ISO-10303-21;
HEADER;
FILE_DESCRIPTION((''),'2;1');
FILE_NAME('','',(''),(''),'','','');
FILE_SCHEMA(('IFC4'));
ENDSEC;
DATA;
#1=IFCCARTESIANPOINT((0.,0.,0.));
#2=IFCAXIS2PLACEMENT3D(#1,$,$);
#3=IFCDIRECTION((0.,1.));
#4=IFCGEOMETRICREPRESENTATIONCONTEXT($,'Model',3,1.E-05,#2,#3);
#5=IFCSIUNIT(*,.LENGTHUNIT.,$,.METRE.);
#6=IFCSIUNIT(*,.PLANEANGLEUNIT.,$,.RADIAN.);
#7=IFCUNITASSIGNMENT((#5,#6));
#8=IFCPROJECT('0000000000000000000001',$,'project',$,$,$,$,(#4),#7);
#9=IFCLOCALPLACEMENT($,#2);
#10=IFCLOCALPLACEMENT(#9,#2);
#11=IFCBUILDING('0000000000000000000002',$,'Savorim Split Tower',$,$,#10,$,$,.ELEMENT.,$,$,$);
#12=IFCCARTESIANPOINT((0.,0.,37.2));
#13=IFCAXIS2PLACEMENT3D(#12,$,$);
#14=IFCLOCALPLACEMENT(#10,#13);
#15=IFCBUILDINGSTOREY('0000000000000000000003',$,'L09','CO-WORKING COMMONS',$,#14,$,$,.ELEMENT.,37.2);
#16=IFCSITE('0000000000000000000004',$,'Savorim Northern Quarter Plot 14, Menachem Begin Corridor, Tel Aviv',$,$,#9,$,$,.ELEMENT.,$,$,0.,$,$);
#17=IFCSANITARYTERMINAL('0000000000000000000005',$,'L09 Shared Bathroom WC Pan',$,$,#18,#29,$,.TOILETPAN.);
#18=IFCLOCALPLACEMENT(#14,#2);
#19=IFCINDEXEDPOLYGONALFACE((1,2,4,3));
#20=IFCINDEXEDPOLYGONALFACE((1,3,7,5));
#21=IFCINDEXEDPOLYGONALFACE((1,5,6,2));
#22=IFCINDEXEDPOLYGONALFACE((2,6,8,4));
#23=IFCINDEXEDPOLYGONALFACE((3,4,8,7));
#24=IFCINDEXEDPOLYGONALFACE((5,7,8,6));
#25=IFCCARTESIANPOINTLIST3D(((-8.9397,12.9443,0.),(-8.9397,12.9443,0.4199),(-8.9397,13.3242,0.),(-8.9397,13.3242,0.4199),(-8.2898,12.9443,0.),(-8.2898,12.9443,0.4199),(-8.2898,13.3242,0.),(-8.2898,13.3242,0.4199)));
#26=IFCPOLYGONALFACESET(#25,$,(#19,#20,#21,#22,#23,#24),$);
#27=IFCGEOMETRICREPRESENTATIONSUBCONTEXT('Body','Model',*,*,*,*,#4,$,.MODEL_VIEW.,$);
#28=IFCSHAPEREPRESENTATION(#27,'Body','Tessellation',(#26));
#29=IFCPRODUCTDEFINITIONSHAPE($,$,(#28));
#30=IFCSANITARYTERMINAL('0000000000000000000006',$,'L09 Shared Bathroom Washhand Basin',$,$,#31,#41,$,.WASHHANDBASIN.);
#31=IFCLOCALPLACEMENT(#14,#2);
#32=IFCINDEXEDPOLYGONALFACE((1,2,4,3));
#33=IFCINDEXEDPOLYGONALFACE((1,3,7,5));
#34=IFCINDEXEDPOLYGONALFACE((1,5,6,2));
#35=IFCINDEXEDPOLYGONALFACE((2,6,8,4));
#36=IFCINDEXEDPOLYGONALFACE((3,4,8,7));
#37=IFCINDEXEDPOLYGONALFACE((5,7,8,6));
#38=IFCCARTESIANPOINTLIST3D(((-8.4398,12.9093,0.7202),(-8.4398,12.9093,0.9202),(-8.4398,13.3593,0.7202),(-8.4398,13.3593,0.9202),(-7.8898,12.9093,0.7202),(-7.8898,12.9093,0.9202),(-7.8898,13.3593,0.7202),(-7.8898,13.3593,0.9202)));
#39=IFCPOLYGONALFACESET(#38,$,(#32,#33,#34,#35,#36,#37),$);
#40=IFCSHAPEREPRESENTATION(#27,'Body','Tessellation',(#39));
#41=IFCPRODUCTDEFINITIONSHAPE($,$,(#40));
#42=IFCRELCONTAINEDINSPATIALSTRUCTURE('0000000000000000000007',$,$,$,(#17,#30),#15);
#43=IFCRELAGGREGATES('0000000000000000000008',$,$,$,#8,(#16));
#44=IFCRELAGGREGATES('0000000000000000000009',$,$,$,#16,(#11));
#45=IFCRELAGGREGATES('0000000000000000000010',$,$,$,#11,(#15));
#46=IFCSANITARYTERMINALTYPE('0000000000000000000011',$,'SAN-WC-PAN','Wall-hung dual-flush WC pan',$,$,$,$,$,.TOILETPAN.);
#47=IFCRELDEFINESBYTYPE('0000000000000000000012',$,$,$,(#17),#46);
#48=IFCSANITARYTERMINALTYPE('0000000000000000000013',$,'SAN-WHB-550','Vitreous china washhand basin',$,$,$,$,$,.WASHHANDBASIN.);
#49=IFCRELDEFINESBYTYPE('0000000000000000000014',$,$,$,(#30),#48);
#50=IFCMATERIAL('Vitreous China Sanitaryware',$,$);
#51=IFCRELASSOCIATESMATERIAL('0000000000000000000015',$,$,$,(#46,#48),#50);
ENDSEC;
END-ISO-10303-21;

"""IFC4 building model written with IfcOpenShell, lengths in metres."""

from ifc_helpers import new_model, si_unit, direction, frame, origin, origin_2d, place, context, subcontext, project, spatial, rectangle, extrude, material, type_object, element, save


model = new_model("IFC4")

# Units and contexts
model_context = context("Model", 3, precision=1e-05, world=origin(), true_north=direction((0.0, 1.0)))
body_context = subcontext(model_context, "Body", "Model", "MODEL_VIEW")
ifc_project = project(units=[si_unit("LENGTHUNIT", "METRE"), si_unit("PLANEANGLEUNIT", "RADIAN")], contexts=[model_context])

# Site, building, storey
site_placement = place(None, origin())
site = spatial("IfcSite", under=ifc_project, at=site_placement, Name="Savorim Northern Quarter Plot 14, Menachem Begin Corridor, Tel Aviv", CompositionType="ELEMENT", RefElevation=0.0)
building_placement = place(site_placement, origin())
building = spatial("IfcBuilding", under=site, at=building_placement, Name="Savorim Split Tower", CompositionType="ELEMENT")
storey_placement = place(building_placement, frame((0.0, 0.0, 37.2)))
storey = spatial("IfcBuildingStorey", under=building, at=storey_placement, Name="L09", Description="CO-WORKING COMMONS", CompositionType="ELEMENT", Elevation=37.2)

# Sanitary terminals
ifc_material_1 = material(Name="Vitreous China Sanitaryware")
sanitary_terminal_type_1 = type_object("IfcSanitaryTerminalType", Name="SAN-WC-PAN", Description="Wall-hung dual-flush WC pan", PredefinedType="TOILETPAN", material=ifc_material_1)
sanitary_terminal_1_placement = place(storey_placement, frame((-8.6147, 13.1343, 0.0), z_axis=(0.0, 0.0, 1.0), x_axis=(1.0, 0.0, 0.0)))
element("IfcSanitaryTerminal", 1, at=sanitary_terminal_1_placement, inside=storey, type_object=sanitary_terminal_type_1, Name="L09 Shared Bathroom WC Pan", PredefinedType="TOILETPAN", context=body_context, shape_type="SweptSolid", body=[
    extrude(rectangle(XDim=0.6499, YDim=0.3799, at=origin_2d()), origin(), (0.0, 0.0, 1.0), 0.4199),
])
sanitary_terminal_type_2 = type_object("IfcSanitaryTerminalType", Name="SAN-WHB-550", Description="Vitreous china washhand basin", PredefinedType="WASHHANDBASIN", material=ifc_material_1)
sanitary_terminal_2_placement = place(storey_placement, frame((-8.1648, 13.1343, 0.7202), z_axis=(0.0, 0.0, 1.0), x_axis=(1.0, 0.0, 0.0)))
element("IfcSanitaryTerminal", 2, at=sanitary_terminal_2_placement, inside=storey, type_object=sanitary_terminal_type_2, Name="L09 Shared Bathroom Washhand Basin", PredefinedType="WASHHANDBASIN", context=body_context, shape_type="SweptSolid", body=[
    extrude(rectangle(XDim=0.55, YDim=0.45, at=origin_2d()), origin(), (0.0, 0.0, 1.0), 0.2),
])

save(model, "model.ifc")
